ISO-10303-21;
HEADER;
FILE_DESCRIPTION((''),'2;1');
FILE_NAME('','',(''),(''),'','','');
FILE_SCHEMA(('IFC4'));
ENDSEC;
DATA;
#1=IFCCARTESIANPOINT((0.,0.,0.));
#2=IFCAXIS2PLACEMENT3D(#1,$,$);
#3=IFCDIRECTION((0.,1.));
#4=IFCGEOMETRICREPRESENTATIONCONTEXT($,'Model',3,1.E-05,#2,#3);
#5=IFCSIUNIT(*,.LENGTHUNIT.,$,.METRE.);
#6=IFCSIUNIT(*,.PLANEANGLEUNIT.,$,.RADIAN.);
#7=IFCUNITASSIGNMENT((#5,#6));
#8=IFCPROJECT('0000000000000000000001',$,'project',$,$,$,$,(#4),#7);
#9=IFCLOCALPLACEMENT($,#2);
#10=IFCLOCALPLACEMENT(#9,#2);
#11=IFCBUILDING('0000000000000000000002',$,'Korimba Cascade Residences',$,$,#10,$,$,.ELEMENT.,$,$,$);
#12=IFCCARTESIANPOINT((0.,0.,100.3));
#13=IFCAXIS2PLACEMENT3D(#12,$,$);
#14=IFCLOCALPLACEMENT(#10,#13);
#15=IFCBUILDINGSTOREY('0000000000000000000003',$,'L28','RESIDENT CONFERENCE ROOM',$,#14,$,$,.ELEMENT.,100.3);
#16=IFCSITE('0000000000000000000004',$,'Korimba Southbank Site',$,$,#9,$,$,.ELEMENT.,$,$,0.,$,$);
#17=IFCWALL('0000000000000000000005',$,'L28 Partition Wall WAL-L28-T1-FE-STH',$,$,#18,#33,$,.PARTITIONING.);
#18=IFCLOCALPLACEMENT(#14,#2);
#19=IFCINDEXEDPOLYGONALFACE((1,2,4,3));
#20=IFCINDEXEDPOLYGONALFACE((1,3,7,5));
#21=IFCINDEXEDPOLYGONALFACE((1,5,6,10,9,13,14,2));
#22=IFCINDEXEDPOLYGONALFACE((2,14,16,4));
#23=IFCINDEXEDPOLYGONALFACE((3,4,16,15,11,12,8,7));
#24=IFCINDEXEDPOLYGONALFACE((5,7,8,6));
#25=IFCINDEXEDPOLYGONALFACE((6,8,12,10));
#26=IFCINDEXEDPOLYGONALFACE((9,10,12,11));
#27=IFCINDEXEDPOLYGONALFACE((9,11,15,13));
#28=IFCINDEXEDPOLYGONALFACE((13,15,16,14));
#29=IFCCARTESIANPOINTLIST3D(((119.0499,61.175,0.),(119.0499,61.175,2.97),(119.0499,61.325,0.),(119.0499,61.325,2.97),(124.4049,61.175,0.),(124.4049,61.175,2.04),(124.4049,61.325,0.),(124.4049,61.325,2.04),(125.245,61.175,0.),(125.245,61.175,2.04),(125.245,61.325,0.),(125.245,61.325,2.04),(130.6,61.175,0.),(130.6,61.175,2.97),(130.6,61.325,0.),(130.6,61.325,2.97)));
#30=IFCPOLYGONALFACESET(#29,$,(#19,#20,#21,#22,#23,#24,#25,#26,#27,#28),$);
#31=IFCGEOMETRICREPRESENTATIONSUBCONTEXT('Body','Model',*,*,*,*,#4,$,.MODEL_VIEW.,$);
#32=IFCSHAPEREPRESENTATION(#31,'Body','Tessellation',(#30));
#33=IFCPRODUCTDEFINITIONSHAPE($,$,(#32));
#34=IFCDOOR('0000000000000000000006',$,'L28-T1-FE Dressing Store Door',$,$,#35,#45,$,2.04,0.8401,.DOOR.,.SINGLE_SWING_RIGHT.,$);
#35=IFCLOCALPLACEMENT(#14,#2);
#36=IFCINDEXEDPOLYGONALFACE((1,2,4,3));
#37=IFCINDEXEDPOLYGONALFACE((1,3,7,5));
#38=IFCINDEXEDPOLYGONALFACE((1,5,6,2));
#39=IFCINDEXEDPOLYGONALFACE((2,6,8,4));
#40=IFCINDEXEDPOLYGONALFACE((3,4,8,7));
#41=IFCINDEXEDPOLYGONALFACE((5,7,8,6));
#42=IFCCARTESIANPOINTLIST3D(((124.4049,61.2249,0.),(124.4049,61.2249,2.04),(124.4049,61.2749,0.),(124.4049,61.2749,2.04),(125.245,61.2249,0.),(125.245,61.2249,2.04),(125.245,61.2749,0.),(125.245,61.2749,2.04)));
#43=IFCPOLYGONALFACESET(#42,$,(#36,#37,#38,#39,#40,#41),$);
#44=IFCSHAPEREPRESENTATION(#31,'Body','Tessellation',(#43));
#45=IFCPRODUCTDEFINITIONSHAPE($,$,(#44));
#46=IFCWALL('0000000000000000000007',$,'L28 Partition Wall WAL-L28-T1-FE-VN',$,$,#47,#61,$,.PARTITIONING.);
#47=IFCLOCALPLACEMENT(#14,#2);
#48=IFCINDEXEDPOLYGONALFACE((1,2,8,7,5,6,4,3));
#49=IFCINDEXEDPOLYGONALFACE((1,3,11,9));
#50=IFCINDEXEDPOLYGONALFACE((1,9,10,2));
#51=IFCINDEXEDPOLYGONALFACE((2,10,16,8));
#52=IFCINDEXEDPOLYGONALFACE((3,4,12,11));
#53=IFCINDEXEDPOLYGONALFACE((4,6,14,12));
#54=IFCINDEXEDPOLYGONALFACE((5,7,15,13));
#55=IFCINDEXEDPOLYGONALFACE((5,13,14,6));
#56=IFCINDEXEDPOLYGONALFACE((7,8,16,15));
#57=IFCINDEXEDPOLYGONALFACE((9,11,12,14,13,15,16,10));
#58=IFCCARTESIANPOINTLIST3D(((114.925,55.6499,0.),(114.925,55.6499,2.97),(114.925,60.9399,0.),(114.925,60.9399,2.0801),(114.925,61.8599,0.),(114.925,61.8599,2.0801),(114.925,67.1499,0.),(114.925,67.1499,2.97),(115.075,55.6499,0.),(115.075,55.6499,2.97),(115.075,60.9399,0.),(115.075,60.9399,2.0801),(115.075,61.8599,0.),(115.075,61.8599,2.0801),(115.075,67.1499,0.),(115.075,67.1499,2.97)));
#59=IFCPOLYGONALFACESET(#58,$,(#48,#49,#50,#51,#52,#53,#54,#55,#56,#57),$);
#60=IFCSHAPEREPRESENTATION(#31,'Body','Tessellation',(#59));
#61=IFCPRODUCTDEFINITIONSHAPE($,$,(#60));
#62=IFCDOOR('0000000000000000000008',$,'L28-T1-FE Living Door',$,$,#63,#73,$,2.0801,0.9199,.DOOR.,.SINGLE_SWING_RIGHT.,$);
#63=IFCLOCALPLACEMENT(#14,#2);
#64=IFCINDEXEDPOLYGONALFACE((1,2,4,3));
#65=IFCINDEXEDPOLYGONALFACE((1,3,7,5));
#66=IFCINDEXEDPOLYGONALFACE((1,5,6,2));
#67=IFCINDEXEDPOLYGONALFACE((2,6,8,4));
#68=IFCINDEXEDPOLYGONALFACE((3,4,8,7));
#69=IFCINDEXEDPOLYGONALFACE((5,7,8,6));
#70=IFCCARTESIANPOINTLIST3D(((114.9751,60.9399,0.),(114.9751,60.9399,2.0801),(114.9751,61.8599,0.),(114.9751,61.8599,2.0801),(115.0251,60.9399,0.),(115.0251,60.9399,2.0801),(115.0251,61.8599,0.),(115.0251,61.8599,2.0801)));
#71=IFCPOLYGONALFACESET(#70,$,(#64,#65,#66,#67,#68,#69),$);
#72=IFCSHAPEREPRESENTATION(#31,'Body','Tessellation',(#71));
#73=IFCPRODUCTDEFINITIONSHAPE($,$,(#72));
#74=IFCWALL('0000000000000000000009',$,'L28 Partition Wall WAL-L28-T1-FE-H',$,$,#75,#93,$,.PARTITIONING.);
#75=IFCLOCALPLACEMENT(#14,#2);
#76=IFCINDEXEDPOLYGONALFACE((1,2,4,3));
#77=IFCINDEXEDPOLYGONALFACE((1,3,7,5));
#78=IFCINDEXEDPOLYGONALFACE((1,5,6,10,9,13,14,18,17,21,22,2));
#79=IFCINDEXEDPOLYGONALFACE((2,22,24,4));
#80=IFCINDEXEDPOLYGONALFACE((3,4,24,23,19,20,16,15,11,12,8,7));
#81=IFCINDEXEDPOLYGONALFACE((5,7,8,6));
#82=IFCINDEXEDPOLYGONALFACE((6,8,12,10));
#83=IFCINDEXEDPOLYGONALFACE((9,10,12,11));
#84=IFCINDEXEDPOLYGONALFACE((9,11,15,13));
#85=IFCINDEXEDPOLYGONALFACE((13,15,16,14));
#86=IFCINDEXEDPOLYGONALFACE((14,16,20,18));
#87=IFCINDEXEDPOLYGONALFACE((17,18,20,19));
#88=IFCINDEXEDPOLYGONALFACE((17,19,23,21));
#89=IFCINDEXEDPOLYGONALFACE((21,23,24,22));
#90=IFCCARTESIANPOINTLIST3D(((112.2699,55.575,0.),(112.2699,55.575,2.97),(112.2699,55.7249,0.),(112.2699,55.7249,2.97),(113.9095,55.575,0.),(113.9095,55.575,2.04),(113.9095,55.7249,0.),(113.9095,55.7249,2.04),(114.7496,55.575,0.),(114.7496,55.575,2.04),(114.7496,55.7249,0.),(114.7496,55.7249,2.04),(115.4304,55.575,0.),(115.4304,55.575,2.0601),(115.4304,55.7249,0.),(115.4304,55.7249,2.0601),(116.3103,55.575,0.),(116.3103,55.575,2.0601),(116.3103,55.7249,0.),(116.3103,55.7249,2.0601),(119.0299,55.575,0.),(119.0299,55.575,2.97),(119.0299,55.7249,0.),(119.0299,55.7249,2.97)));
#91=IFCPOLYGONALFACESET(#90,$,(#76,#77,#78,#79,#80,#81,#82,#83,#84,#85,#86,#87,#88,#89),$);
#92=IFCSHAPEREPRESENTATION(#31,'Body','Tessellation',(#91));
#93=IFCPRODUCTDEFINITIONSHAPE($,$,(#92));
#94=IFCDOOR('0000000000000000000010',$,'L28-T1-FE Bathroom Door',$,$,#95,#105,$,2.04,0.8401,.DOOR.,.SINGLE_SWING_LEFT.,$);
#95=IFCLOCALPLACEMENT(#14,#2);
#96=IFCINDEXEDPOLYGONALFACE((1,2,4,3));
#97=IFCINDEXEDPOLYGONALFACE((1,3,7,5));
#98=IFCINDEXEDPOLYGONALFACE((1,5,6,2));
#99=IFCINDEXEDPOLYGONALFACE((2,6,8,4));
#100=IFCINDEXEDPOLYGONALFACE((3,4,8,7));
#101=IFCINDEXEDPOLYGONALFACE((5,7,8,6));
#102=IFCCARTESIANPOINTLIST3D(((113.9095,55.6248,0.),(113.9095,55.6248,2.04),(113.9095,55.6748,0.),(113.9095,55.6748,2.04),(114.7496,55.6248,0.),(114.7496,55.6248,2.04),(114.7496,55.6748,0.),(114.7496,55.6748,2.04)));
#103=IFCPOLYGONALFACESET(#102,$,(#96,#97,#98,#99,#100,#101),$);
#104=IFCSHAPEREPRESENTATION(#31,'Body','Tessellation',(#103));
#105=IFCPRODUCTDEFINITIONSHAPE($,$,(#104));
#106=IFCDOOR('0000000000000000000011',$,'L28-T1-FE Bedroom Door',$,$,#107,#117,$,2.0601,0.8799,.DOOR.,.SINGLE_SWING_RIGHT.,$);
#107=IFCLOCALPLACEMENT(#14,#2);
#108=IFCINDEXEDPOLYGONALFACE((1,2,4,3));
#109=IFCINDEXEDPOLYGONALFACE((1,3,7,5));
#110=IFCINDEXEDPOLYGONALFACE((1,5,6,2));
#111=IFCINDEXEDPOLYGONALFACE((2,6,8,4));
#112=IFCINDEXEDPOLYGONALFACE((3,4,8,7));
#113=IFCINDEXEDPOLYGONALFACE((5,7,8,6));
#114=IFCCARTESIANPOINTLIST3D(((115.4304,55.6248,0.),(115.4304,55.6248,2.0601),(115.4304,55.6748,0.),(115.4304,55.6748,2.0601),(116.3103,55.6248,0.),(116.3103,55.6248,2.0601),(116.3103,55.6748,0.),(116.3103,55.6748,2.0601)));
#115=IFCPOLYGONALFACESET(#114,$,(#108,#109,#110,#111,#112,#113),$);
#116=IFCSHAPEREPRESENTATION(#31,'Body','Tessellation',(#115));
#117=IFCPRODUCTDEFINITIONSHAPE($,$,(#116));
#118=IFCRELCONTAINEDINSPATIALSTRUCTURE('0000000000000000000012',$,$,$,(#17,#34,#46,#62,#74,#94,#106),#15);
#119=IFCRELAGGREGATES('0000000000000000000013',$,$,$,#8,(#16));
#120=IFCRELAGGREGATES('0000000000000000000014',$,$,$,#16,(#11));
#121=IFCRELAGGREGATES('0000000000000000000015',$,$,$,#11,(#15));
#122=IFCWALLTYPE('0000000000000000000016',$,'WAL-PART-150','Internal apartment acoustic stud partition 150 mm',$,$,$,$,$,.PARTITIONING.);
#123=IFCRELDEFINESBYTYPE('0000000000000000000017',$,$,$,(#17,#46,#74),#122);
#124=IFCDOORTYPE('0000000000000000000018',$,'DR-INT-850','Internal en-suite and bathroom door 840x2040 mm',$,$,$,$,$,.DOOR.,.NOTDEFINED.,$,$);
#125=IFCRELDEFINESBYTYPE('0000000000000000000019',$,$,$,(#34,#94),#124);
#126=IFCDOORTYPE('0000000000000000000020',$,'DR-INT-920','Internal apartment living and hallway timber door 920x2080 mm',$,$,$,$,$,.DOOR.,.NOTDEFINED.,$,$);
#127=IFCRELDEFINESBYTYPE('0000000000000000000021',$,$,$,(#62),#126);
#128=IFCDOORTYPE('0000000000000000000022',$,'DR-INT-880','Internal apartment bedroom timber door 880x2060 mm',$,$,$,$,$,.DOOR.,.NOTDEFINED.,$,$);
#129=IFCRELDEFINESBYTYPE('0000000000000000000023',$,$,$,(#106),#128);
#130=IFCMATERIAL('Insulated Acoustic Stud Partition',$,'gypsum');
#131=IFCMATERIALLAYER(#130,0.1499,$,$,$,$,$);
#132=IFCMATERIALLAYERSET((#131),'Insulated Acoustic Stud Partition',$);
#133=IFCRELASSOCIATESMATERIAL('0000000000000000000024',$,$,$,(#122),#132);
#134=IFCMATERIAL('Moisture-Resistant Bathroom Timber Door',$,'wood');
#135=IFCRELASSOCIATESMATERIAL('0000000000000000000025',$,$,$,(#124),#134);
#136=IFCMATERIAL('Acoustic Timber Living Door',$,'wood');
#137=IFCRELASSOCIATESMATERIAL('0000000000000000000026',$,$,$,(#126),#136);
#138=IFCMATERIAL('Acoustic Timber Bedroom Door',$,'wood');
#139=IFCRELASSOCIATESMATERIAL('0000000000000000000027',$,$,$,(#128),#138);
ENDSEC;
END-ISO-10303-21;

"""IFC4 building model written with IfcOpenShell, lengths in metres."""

from ifc_helpers import new_model, si_unit, direction, frame, frame_2d, origin, place, context, subcontext, project, spatial, rectangle, extrude, material, layer, layer_set, type_object, element, fill, save


model = new_model("IFC4")

# Units and contexts
model_context = context("Model", 3, precision=1e-05, world=origin(), true_north=direction((0.0, 1.0)))
body_context = subcontext(model_context, "Body", "Model", "MODEL_VIEW")
ifc_project = project(units=[si_unit("LENGTHUNIT", "METRE"), si_unit("PLANEANGLEUNIT", "RADIAN")], contexts=[model_context])

# Site, building, storey
site_placement = place(None, origin())
site = spatial("IfcSite", under=ifc_project, at=site_placement, Name="Korimba Southbank Site", CompositionType="ELEMENT", RefElevation=0.0)
building_placement = place(site_placement, origin())
building = spatial("IfcBuilding", under=site, at=building_placement, Name="Korimba Cascade Residences", CompositionType="ELEMENT")
storey_placement = place(building_placement, frame((0.0, 0.0, 100.3)))
storey = spatial("IfcBuildingStorey", under=building, at=storey_placement, Name="L28", Description="RESIDENT CONFERENCE ROOM", CompositionType="ELEMENT", Elevation=100.3)

# Walls, openings, doors
ifc_material_1 = material(Name="Insulated Acoustic Stud Partition", Category="gypsum")
ifc_layer_1 = layer(ifc_material_1, 0.1499)
ifc_layer_set_1 = layer_set([ifc_layer_1], Name="Insulated Acoustic Stud Partition")
wall_type_1 = type_object("IfcWallType", Name="WAL-PART-150", Description="Internal apartment acoustic stud partition 150 mm", PredefinedType="PARTITIONING", material=ifc_layer_set_1)
wall_1_placement = place(storey_placement, frame((119.05, 61.25, 0.0), z_axis=(0.0, 0.0, 1.0), x_axis=(1.0, 0.0, 0.0)))
wall_1 = element("IfcWall", 1, at=wall_1_placement, inside=storey, type_object=wall_type_1, Name="L28 Partition Wall WAL-L28-T1-FE-STH", PredefinedType="PARTITIONING", context=body_context, shape_type="SweptSolid", body=[
    extrude(rectangle(XDim=11.55, YDim=0.1499, at=frame_2d((5.7749, 0.0))), origin(), (0.0, 0.0, 1.0), 2.97),
])
opening_1_placement = place(wall_1_placement, frame((5.355, 0.0, 0.0)))
opening_1 = element("IfcOpeningElement", 2, at=opening_1_placement, cuts=wall_1, PredefinedType="OPENING", context=body_context, shape_type="SweptSolid", body=[
    extrude(rectangle(XDim=0.8401, YDim=2.04, at=frame_2d((0.4199, 1.02))), frame((0.0, 0.085, 0.0), z_axis=(0.0, -1.0, 0.0), x_axis=(1.0, 0.0, 0.0)), (0.0, 0.0, 1.0), 0.1699),
])
ifc_material_2 = material(Name="Moisture-Resistant Bathroom Timber Door", Category="wood")
door_type_1 = type_object("IfcDoorType", Name="DR-INT-850", Description="Internal en-suite and bathroom door 840x2040 mm", OperationType="NOTDEFINED", PredefinedType="DOOR", material=ifc_material_2)
door_1_placement = place(opening_1_placement, origin())
door_1 = element("IfcDoor", 3, at=door_1_placement, inside=storey, type_object=door_type_1, Name="L28-T1-FE Dressing Store Door", OperationType="SINGLE_SWING_RIGHT", OverallHeight=2.04, OverallWidth=0.8401, PredefinedType="DOOR", context=body_context, shape_type="SweptSolid", body=[
    extrude(rectangle(XDim=0.8401, YDim=2.04, at=frame_2d((0.4199, 1.02))), frame((0.0, 0.0249, 0.0), z_axis=(0.0, -1.0, 0.0), x_axis=(1.0, 0.0, 0.0)), (0.0, 0.0, 1.0), 0.05),
])
fill(opening_1, door_1)
wall_2_placement = place(storey_placement, frame((115.0, 55.6499, 0.0), z_axis=(0.0, 0.0, 1.0), x_axis=(0.0, 1.0, 0.0)))
wall_2 = element("IfcWall", 4, at=wall_2_placement, inside=storey, type_object=wall_type_1, Name="L28 Partition Wall WAL-L28-T1-FE-VN", PredefinedType="PARTITIONING", context=body_context, shape_type="SweptSolid", body=[
    extrude(rectangle(XDim=11.5, YDim=0.1499, at=frame_2d((5.75, 0.0))), origin(), (0.0, 0.0, 1.0), 2.97),
])
opening_2_placement = place(wall_2_placement, frame((5.29, 0.0, 0.0)))
opening_2 = element("IfcOpeningElement", 5, at=opening_2_placement, cuts=wall_2, PredefinedType="OPENING", context=body_context, shape_type="SweptSolid", body=[
    extrude(rectangle(XDim=0.9199, YDim=2.0801, at=frame_2d((0.46, 1.04))), frame((0.0, 0.085, 0.0), z_axis=(0.0, -1.0, 0.0), x_axis=(1.0, 0.0, 0.0)), (0.0, 0.0, 1.0), 0.1699),
])
ifc_material_3 = material(Name="Acoustic Timber Living Door", Category="wood")
door_type_2 = type_object("IfcDoorType", Name="DR-INT-920", Description="Internal apartment living and hallway timber door 920x2080 mm", OperationType="NOTDEFINED", PredefinedType="DOOR", material=ifc_material_3)
door_2_placement = place(opening_2_placement, origin())
door_2 = element("IfcDoor", 6, at=door_2_placement, inside=storey, type_object=door_type_2, Name="L28-T1-FE Living Door", OperationType="SINGLE_SWING_RIGHT", OverallHeight=2.0801, OverallWidth=0.9199, PredefinedType="DOOR", context=body_context, shape_type="SweptSolid", body=[
    extrude(rectangle(XDim=0.9199, YDim=2.0801, at=frame_2d((0.46, 1.04))), frame((0.0, 0.0249, 0.0), z_axis=(0.0, -1.0, 0.0), x_axis=(1.0, 0.0, 0.0)), (0.0, 0.0, 1.0), 0.05),
])
fill(opening_2, door_2)

# Wall, openings, doors
wall_3_placement = place(storey_placement, frame((112.27, 55.6499, 0.0), z_axis=(0.0, 0.0, 1.0), x_axis=(1.0, 0.0, 0.0)))
wall_3 = element("IfcWall", 7, at=wall_3_placement, inside=storey, type_object=wall_type_1, Name="L28 Partition Wall WAL-L28-T1-FE-H", PredefinedType="PARTITIONING", context=body_context, shape_type="SweptSolid", body=[
    extrude(rectangle(XDim=6.76, YDim=0.1499, at=frame_2d((3.3799, 0.0))), origin(), (0.0, 0.0, 1.0), 2.97),
])
opening_3_placement = place(wall_3_placement, frame((1.6396, 0.0, 0.0)))
opening_3 = element("IfcOpeningElement", 8, at=opening_3_placement, cuts=wall_3, PredefinedType="OPENING", context=body_context, shape_type="SweptSolid", body=[
    extrude(rectangle(XDim=0.8401, YDim=2.04, at=frame_2d((0.4199, 1.02))), frame((0.0, 0.085, 0.0), z_axis=(0.0, -1.0, 0.0), x_axis=(1.0, 0.0, 0.0)), (0.0, 0.0, 1.0), 0.1699),
])
opening_4_placement = place(wall_3_placement, frame((3.1604, 0.0, 0.0)))
opening_4 = element("IfcOpeningElement", 9, at=opening_4_placement, cuts=wall_3, PredefinedType="OPENING", context=body_context, shape_type="SweptSolid", body=[
    extrude(rectangle(XDim=0.8799, YDim=2.0601, at=frame_2d((0.4399, 1.03))), frame((0.0, 0.085, 0.0), z_axis=(0.0, -1.0, 0.0), x_axis=(1.0, 0.0, 0.0)), (0.0, 0.0, 1.0), 0.1699),
])
door_3_placement = place(opening_3_placement, origin())
door_3 = element("IfcDoor", 10, at=door_3_placement, inside=storey, type_object=door_type_1, Name="L28-T1-FE Bathroom Door", OperationType="SINGLE_SWING_LEFT", OverallHeight=2.04, OverallWidth=0.8401, PredefinedType="DOOR", context=body_context, shape_type="SweptSolid", body=[
    extrude(rectangle(XDim=0.8401, YDim=2.04, at=frame_2d((0.4199, 1.02))), frame((0.0, 0.0249, 0.0), z_axis=(0.0, -1.0, 0.0), x_axis=(1.0, 0.0, 0.0)), (0.0, 0.0, 1.0), 0.05),
])
fill(opening_3, door_3)
ifc_material_4 = material(Name="Acoustic Timber Bedroom Door", Category="wood")
door_type_3 = type_object("IfcDoorType", Name="DR-INT-880", Description="Internal apartment bedroom timber door 880x2060 mm", OperationType="NOTDEFINED", PredefinedType="DOOR", material=ifc_material_4)
door_4_placement = place(opening_4_placement, origin())
door_4 = element("IfcDoor", 11, at=door_4_placement, inside=storey, type_object=door_type_3, Name="L28-T1-FE Bedroom Door", OperationType="SINGLE_SWING_RIGHT", OverallHeight=2.0601, OverallWidth=0.8799, PredefinedType="DOOR", context=body_context, shape_type="SweptSolid", body=[
    extrude(rectangle(XDim=0.8799, YDim=2.0601, at=frame_2d((0.4399, 1.03))), frame((0.0, 0.0249, 0.0), z_axis=(0.0, -1.0, 0.0), x_axis=(1.0, 0.0, 0.0)), (0.0, 0.0, 1.0), 0.05),
])
fill(opening_4, door_4)

save(model, "model.ifc")
